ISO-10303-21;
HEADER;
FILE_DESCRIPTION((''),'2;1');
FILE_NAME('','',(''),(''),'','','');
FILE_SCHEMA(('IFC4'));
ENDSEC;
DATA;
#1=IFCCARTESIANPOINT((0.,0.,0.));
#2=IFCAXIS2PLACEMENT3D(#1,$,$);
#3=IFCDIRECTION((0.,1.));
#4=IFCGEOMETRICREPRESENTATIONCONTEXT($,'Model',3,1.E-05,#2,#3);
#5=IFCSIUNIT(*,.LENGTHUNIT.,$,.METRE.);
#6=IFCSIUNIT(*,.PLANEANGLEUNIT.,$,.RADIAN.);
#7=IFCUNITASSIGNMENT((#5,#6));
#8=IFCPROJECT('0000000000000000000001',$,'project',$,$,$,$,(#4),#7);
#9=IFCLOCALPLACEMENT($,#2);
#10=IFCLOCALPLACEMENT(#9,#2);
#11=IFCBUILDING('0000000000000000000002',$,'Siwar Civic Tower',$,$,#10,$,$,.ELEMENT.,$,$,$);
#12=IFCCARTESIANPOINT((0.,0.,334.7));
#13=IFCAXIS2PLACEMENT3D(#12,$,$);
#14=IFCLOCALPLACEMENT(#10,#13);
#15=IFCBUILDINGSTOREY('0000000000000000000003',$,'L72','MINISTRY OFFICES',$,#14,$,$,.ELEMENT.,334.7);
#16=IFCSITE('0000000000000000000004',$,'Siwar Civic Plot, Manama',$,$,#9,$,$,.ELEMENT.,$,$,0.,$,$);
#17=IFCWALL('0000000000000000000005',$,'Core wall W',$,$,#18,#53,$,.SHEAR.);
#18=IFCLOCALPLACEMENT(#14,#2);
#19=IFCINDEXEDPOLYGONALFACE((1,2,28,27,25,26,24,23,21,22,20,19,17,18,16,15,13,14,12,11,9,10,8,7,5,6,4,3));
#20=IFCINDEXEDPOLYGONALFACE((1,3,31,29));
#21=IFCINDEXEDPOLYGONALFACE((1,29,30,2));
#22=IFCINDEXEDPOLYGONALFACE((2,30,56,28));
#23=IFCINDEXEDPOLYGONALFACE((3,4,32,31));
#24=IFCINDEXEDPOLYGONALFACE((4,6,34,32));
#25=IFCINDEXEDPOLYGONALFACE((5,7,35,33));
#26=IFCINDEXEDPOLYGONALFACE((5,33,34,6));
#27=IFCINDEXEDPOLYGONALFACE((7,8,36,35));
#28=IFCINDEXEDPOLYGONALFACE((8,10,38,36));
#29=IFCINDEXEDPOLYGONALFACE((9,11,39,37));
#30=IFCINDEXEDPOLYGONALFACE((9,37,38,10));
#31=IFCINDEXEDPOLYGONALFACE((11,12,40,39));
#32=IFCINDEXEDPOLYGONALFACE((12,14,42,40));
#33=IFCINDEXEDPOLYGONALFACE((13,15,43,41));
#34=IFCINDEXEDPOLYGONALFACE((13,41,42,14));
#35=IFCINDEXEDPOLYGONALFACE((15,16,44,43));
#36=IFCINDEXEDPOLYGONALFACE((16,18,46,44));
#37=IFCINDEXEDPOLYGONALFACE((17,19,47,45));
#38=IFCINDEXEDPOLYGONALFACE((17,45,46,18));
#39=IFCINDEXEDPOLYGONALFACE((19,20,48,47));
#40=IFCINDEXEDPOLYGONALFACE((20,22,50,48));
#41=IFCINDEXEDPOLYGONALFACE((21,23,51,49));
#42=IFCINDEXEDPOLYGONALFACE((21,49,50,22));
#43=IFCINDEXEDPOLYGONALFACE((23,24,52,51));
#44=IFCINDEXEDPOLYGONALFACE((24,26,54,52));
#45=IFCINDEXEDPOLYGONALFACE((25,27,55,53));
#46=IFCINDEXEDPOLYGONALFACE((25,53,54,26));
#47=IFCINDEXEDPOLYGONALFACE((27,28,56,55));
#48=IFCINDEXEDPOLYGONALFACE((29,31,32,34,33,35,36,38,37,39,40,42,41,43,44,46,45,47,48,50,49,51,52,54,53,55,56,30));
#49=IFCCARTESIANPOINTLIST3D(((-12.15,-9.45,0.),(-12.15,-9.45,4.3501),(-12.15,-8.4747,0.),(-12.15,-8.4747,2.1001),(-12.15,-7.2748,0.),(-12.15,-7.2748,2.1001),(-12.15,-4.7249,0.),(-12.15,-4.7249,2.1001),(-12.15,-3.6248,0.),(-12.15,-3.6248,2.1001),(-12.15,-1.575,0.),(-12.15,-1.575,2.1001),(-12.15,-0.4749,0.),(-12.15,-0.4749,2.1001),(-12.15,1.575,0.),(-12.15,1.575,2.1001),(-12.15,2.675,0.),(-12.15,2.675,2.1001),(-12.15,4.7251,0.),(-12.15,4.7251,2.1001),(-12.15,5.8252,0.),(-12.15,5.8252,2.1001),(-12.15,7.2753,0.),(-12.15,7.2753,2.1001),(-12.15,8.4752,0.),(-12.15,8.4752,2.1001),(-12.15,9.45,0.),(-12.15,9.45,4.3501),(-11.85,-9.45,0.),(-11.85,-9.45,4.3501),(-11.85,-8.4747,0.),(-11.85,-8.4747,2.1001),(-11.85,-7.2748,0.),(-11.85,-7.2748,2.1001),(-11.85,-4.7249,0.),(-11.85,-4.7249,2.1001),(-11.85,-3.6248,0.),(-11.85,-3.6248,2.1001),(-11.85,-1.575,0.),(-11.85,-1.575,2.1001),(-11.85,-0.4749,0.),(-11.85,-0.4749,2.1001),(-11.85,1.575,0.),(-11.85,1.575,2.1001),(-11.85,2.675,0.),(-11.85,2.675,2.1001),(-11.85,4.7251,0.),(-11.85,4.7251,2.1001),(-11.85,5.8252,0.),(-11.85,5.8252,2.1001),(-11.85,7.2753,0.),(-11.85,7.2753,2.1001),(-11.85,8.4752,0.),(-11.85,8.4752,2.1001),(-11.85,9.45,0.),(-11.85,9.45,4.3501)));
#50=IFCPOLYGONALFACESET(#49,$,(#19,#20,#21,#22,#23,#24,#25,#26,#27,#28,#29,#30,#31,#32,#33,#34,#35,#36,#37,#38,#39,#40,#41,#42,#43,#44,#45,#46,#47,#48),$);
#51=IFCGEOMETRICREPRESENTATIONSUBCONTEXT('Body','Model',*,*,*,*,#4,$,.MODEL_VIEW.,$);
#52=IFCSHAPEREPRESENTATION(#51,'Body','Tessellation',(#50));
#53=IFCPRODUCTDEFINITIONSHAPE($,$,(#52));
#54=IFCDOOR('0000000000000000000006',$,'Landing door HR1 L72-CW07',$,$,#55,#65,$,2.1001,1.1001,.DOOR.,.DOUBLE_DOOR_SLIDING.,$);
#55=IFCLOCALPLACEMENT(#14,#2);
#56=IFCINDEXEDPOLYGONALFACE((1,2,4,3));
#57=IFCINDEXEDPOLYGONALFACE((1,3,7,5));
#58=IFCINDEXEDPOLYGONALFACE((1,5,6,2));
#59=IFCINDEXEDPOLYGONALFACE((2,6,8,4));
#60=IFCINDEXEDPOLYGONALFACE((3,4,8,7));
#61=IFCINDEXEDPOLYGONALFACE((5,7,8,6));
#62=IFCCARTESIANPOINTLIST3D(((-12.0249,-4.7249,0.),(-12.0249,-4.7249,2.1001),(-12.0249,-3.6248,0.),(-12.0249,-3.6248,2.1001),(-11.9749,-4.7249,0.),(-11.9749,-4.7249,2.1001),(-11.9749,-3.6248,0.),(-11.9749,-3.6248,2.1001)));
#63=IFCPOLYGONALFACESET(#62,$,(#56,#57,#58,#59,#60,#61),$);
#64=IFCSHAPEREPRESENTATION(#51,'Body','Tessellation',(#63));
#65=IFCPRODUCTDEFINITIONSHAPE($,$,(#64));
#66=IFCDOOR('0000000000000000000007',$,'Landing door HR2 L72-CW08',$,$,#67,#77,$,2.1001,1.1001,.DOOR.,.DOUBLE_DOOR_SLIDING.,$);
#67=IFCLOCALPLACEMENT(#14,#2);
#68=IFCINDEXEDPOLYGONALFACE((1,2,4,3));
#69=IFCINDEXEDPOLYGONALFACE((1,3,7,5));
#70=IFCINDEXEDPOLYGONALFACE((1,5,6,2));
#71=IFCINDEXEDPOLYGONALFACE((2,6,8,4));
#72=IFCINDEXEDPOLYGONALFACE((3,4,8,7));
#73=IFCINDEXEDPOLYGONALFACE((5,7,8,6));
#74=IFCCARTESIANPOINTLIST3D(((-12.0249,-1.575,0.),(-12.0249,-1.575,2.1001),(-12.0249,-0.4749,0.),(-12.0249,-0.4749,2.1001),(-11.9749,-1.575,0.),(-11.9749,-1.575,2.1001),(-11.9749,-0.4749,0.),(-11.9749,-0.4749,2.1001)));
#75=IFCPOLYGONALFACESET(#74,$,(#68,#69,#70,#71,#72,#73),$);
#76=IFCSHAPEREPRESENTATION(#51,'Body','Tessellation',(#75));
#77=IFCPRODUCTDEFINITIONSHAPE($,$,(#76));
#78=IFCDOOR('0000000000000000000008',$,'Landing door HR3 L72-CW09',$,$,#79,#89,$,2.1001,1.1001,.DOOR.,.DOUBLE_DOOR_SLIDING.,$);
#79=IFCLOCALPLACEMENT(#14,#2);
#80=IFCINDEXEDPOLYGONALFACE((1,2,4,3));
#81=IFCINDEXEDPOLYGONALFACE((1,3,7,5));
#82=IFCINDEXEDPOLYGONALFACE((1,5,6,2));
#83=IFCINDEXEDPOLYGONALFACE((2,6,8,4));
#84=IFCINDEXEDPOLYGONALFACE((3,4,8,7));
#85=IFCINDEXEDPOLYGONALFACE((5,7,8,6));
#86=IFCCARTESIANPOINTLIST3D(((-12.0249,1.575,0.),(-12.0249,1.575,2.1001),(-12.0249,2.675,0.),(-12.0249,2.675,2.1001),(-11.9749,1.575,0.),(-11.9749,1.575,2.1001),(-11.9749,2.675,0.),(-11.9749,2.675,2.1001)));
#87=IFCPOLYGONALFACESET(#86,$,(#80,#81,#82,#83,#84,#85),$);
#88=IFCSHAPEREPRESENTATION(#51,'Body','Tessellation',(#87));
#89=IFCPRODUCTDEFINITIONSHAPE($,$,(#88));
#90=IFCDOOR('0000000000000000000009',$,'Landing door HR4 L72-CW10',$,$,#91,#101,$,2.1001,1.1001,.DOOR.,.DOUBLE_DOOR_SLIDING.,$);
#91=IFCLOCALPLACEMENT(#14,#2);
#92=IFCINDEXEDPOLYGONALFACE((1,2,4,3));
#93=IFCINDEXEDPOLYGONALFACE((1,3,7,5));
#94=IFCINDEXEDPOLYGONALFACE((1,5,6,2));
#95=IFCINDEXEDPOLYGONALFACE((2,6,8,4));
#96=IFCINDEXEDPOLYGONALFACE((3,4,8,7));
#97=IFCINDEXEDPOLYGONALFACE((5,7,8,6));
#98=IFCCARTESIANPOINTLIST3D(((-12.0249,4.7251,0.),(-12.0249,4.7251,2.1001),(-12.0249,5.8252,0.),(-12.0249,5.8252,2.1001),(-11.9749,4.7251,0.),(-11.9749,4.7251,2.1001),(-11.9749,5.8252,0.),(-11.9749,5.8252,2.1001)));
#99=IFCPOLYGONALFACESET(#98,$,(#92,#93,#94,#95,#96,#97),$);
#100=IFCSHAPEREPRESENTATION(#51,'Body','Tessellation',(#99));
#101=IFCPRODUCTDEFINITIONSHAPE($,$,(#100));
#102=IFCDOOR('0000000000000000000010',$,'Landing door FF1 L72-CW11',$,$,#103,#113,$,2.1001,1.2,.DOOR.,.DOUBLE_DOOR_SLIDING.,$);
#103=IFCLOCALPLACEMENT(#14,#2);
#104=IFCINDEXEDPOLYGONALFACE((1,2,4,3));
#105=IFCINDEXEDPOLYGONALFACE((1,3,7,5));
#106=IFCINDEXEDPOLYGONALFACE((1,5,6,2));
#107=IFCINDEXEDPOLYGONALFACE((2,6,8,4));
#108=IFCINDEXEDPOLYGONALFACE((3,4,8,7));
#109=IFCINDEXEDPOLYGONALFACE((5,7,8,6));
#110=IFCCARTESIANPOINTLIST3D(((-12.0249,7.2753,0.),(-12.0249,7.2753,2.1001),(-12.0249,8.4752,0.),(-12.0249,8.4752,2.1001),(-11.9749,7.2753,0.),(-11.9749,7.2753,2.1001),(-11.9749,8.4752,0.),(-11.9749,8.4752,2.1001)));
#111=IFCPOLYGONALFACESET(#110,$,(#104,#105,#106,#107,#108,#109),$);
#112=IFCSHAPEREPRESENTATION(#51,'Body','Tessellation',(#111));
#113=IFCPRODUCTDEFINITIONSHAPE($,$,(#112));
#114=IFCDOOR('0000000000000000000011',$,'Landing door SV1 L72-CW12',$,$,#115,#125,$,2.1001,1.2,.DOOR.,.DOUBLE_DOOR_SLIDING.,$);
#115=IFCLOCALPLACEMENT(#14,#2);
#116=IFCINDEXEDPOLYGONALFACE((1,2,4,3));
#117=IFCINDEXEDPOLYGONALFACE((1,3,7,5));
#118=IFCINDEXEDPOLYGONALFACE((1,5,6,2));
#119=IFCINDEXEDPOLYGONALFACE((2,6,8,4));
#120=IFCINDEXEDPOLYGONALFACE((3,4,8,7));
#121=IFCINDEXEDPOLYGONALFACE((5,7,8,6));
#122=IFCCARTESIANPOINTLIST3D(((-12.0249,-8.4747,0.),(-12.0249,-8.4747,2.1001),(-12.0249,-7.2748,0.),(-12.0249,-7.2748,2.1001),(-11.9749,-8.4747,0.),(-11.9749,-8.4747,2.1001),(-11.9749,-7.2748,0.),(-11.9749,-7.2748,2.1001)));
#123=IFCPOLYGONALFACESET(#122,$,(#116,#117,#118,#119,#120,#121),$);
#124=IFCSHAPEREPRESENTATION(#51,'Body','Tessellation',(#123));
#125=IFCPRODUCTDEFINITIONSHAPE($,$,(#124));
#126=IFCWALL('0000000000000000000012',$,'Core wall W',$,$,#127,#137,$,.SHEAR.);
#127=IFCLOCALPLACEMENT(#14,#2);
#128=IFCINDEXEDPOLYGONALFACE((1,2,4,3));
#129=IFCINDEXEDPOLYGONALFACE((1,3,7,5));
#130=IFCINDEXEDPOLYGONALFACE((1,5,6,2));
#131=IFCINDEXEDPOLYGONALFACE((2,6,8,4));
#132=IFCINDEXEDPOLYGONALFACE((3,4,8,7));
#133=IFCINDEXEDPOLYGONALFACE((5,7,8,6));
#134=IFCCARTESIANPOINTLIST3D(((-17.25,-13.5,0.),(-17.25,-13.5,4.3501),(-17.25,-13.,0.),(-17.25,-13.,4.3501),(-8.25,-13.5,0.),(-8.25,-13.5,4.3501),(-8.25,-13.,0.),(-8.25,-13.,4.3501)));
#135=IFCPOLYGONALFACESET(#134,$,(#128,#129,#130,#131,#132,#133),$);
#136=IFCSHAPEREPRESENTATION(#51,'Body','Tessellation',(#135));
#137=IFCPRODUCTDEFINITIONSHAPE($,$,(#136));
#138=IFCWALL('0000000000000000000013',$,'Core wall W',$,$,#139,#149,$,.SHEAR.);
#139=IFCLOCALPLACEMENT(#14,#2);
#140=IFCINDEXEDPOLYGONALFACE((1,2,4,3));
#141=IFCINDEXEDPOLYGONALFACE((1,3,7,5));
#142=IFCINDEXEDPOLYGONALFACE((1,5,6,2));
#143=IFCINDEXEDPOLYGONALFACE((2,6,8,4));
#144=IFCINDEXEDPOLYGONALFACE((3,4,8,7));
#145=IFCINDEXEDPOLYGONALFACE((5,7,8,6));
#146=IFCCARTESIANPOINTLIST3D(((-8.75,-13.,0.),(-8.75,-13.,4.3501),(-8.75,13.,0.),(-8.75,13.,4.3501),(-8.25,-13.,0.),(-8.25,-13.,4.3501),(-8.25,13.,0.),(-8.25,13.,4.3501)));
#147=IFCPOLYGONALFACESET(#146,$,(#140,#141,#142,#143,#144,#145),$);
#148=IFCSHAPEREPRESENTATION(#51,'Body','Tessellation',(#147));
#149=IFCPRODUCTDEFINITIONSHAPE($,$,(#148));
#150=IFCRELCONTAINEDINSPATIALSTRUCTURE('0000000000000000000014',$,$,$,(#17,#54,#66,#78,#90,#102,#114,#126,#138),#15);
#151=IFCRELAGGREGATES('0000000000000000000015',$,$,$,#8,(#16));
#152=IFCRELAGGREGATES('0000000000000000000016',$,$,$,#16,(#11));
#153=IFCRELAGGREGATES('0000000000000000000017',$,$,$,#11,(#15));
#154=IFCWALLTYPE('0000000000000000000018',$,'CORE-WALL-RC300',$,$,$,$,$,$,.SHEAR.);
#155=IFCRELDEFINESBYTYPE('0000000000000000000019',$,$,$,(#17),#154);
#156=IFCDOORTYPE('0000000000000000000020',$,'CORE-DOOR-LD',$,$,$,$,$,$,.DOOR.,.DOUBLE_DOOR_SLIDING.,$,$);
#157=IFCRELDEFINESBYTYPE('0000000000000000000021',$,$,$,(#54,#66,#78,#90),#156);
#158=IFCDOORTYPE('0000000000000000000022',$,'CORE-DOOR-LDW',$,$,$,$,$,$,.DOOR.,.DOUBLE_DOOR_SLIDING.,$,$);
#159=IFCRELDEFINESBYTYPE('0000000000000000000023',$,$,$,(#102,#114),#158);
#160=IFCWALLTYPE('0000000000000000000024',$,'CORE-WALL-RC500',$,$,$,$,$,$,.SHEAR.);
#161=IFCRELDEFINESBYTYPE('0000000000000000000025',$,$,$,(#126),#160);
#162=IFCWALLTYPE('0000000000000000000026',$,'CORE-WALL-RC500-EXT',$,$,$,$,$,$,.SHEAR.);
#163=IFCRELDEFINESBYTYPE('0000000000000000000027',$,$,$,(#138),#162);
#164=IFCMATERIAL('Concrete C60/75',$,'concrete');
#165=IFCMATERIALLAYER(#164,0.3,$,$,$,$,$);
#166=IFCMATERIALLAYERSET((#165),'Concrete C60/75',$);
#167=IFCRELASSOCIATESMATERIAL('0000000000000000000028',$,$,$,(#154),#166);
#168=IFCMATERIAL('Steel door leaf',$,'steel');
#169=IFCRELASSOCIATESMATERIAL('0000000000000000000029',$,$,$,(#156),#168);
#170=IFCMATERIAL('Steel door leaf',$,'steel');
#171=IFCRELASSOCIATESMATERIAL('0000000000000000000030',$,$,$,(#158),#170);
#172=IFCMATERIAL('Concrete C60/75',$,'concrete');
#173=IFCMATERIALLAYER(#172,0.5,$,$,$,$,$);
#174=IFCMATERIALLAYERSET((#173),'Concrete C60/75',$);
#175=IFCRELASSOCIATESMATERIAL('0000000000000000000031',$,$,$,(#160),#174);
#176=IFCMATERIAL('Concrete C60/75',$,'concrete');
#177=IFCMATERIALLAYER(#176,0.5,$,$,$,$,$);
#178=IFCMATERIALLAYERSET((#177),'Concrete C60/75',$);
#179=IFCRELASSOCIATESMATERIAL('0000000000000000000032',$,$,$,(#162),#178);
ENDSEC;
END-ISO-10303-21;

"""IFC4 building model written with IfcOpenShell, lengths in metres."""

from ifc_helpers import new_model, si_unit, direction, frame, frame_2d, origin, place, context, subcontext, project, spatial, rectangle, extrude, material, layer, layer_set, type_object, element, fill, save


model = new_model("IFC4")

# Units and contexts
model_context = context("Model", 3, precision=1e-05, world=origin(), true_north=direction((0.0, 1.0)))
body_context = subcontext(model_context, "Body", "Model", "MODEL_VIEW")
ifc_project = project(units=[si_unit("LENGTHUNIT", "METRE"), si_unit("PLANEANGLEUNIT", "RADIAN")], contexts=[model_context])

# Site, building, storey
site_placement = place(None, origin())
site = spatial("IfcSite", under=ifc_project, at=site_placement, Name="Siwar Civic Plot, Manama", CompositionType="ELEMENT", RefElevation=0.0)
building_placement = place(site_placement, origin())
building = spatial("IfcBuilding", under=site, at=building_placement, Name="Siwar Civic Tower", CompositionType="ELEMENT")
storey_placement = place(building_placement, frame((0.0, 0.0, 334.7)))
storey = spatial("IfcBuildingStorey", under=building, at=storey_placement, Name="L72", Description="MINISTRY OFFICES", CompositionType="ELEMENT", Elevation=334.7)

# Wall, openings, doors
ifc_material_1 = material(Name="Concrete C60/75", Category="concrete")
ifc_layer_1 = layer(ifc_material_1, 0.3)
ifc_layer_set_1 = layer_set([ifc_layer_1], Name="Concrete C60/75")
wall_type_1 = type_object("IfcWallType", Name="CORE-WALL-RC300", PredefinedType="SHEAR", material=ifc_layer_set_1)
wall_1_placement = place(storey_placement, frame((-12.0, -9.45, 0.0), z_axis=(0.0, 0.0, 1.0), x_axis=(0.0, 1.0, 0.0)))
wall_1 = element("IfcWall", 1, at=wall_1_placement, inside=storey, type_object=wall_type_1, Name="Core wall W", PredefinedType="SHEAR", context=body_context, shape_type="SweptSolid", body=[
    extrude(rectangle(XDim=18.8999, YDim=0.3, at=frame_2d((9.45, 0.0))), origin(), (0.0, 0.0, 1.0), 4.3501),
])
opening_1_placement = place(wall_1_placement, frame((4.7251, 0.0, 0.0)))
opening_1 = element("IfcOpeningElement", 2, at=opening_1_placement, cuts=wall_1, PredefinedType="OPENING", context=body_context, shape_type="SweptSolid", body=[
    extrude(rectangle(XDim=1.1001, YDim=2.1001, at=frame_2d((0.55, 1.05))), frame((0.0, 0.1602, 0.0), z_axis=(0.0, -1.0, 0.0), x_axis=(1.0, 0.0, 0.0)), (0.0, 0.0, 1.0), 0.3201),
])
opening_2_placement = place(wall_1_placement, frame((7.875, 0.0, 0.0)))
opening_2 = element("IfcOpeningElement", 3, at=opening_2_placement, cuts=wall_1, PredefinedType="OPENING", context=body_context, shape_type="SweptSolid", body=[
    extrude(rectangle(XDim=1.1001, YDim=2.1001, at=frame_2d((0.55, 1.05))), frame((0.0, 0.1602, 0.0), z_axis=(0.0, -1.0, 0.0), x_axis=(1.0, 0.0, 0.0)), (0.0, 0.0, 1.0), 0.3201),
])
opening_3_placement = place(wall_1_placement, frame((11.0249, 0.0, 0.0)))
opening_3 = element("IfcOpeningElement", 4, at=opening_3_placement, cuts=wall_1, PredefinedType="OPENING", context=body_context, shape_type="SweptSolid", body=[
    extrude(rectangle(XDim=1.1001, YDim=2.1001, at=frame_2d((0.55, 1.05))), frame((0.0, 0.1602, 0.0), z_axis=(0.0, -1.0, 0.0), x_axis=(1.0, 0.0, 0.0)), (0.0, 0.0, 1.0), 0.3201),
])
opening_4_placement = place(wall_1_placement, frame((14.175, 0.0, 0.0)))
opening_4 = element("IfcOpeningElement", 5, at=opening_4_placement, cuts=wall_1, PredefinedType="OPENING", context=body_context, shape_type="SweptSolid", body=[
    extrude(rectangle(XDim=1.1001, YDim=2.1001, at=frame_2d((0.55, 1.05))), frame((0.0, 0.1602, 0.0), z_axis=(0.0, -1.0, 0.0), x_axis=(1.0, 0.0, 0.0)), (0.0, 0.0, 1.0), 0.3201),
])
opening_5_placement = place(wall_1_placement, frame((16.7251, 0.0, 0.0)))
opening_5 = element("IfcOpeningElement", 6, at=opening_5_placement, cuts=wall_1, PredefinedType="OPENING", context=body_context, shape_type="SweptSolid", body=[
    extrude(rectangle(XDim=1.2, YDim=2.1001, at=frame_2d((0.6001, 1.05))), frame((0.0, 0.1602, 0.0), z_axis=(0.0, -1.0, 0.0), x_axis=(1.0, 0.0, 0.0)), (0.0, 0.0, 1.0), 0.3201),
])
opening_6_placement = place(wall_1_placement, frame((0.9751, 0.0, 0.0)))
opening_6 = element("IfcOpeningElement", 7, at=opening_6_placement, cuts=wall_1, PredefinedType="OPENING", context=body_context, shape_type="SweptSolid", body=[
    extrude(rectangle(XDim=1.2, YDim=2.1001, at=frame_2d((0.6001, 1.05))), frame((0.0, 0.1602, 0.0), z_axis=(0.0, -1.0, 0.0), x_axis=(1.0, 0.0, 0.0)), (0.0, 0.0, 1.0), 0.3201),
])
ifc_material_2 = material(Name="Steel door leaf", Category="steel")
door_type_1 = type_object("IfcDoorType", Name="CORE-DOOR-LD", OperationType="DOUBLE_DOOR_SLIDING", PredefinedType="DOOR", material=ifc_material_2)
door_1_placement = place(opening_1_placement, origin())
door_1 = element("IfcDoor", 8, at=door_1_placement, inside=storey, type_object=door_type_1, Name="Landing door HR1 L72-CW07", OperationType="DOUBLE_DOOR_SLIDING", OverallHeight=2.1001, OverallWidth=1.1001, PredefinedType="DOOR", context=body_context, shape_type="SweptSolid", body=[
    extrude(rectangle(XDim=1.1001, YDim=2.1001, at=frame_2d((0.55, 1.05))), frame((0.0, 0.0249, 0.0), z_axis=(0.0, -1.0, 0.0), x_axis=(1.0, 0.0, 0.0)), (0.0, 0.0, 1.0), 0.05),
])
fill(opening_1, door_1)
door_2_placement = place(opening_2_placement, origin())
door_2 = element("IfcDoor", 9, at=door_2_placement, inside=storey, type_object=door_type_1, Name="Landing door HR2 L72-CW08", OperationType="DOUBLE_DOOR_SLIDING", OverallHeight=2.1001, OverallWidth=1.1001, PredefinedType="DOOR", context=body_context, shape_type="SweptSolid", body=[
    extrude(rectangle(XDim=1.1001, YDim=2.1001, at=frame_2d((0.55, 1.05))), frame((0.0, 0.0249, 0.0), z_axis=(0.0, -1.0, 0.0), x_axis=(1.0, 0.0, 0.0)), (0.0, 0.0, 1.0), 0.05),
])
fill(opening_2, door_2)
door_3_placement = place(opening_3_placement, origin())
door_3 = element("IfcDoor", 10, at=door_3_placement, inside=storey, type_object=door_type_1, Name="Landing door HR3 L72-CW09", OperationType="DOUBLE_DOOR_SLIDING", OverallHeight=2.1001, OverallWidth=1.1001, PredefinedType="DOOR", context=body_context, shape_type="SweptSolid", body=[
    extrude(rectangle(XDim=1.1001, YDim=2.1001, at=frame_2d((0.55, 1.05))), frame((0.0, 0.0249, 0.0), z_axis=(0.0, -1.0, 0.0), x_axis=(1.0, 0.0, 0.0)), (0.0, 0.0, 1.0), 0.05),
])
fill(opening_3, door_3)
door_4_placement = place(opening_4_placement, origin())
door_4 = element("IfcDoor", 11, at=door_4_placement, inside=storey, type_object=door_type_1, Name="Landing door HR4 L72-CW10", OperationType="DOUBLE_DOOR_SLIDING", OverallHeight=2.1001, OverallWidth=1.1001, PredefinedType="DOOR", context=body_context, shape_type="SweptSolid", body=[
    extrude(rectangle(XDim=1.1001, YDim=2.1001, at=frame_2d((0.55, 1.05))), frame((0.0, 0.0249, 0.0), z_axis=(0.0, -1.0, 0.0), x_axis=(1.0, 0.0, 0.0)), (0.0, 0.0, 1.0), 0.05),
])
fill(opening_4, door_4)
ifc_material_3 = material(Name="Steel door leaf", Category="steel")
door_type_2 = type_object("IfcDoorType", Name="CORE-DOOR-LDW", OperationType="DOUBLE_DOOR_SLIDING", PredefinedType="DOOR", material=ifc_material_3)
door_5_placement = place(opening_5_placement, origin())
door_5 = element("IfcDoor", 12, at=door_5_placement, inside=storey, type_object=door_type_2, Name="Landing door FF1 L72-CW11", OperationType="DOUBLE_DOOR_SLIDING", OverallHeight=2.1001, OverallWidth=1.2, PredefinedType="DOOR", context=body_context, shape_type="SweptSolid", body=[
    extrude(rectangle(XDim=1.2, YDim=2.1001, at=frame_2d((0.6001, 1.05))), frame((0.0, 0.0249, 0.0), z_axis=(0.0, -1.0, 0.0), x_axis=(1.0, 0.0, 0.0)), (0.0, 0.0, 1.0), 0.05),
])
fill(opening_5, door_5)
door_6_placement = place(opening_6_placement, origin())
door_6 = element("IfcDoor", 13, at=door_6_placement, inside=storey, type_object=door_type_2, Name="Landing door SV1 L72-CW12", OperationType="DOUBLE_DOOR_SLIDING", OverallHeight=2.1001, OverallWidth=1.2, PredefinedType="DOOR", context=body_context, shape_type="SweptSolid", body=[
    extrude(rectangle(XDim=1.2, YDim=2.1001, at=frame_2d((0.6001, 1.05))), frame((0.0, 0.0249, 0.0), z_axis=(0.0, -1.0, 0.0), x_axis=(1.0, 0.0, 0.0)), (0.0, 0.0, 1.0), 0.05),
])
fill(opening_6, door_6)

# Walls
ifc_material_4 = material(Name="Concrete C60/75", Category="concrete")
ifc_layer_2 = layer(ifc_material_4, 0.5)
ifc_layer_set_2 = layer_set([ifc_layer_2], Name="Concrete C60/75")
wall_type_2 = type_object("IfcWallType", Name="CORE-WALL-RC500", PredefinedType="SHEAR", material=ifc_layer_set_2)
wall_2_placement = place(storey_placement, frame((-8.25, -13.25, 0.0), z_axis=(0.0, 0.0, 1.0), x_axis=(-1.0, 0.0, 0.0)))
element("IfcWall", 14, at=wall_2_placement, inside=storey, type_object=wall_type_2, Name="Core wall W", PredefinedType="SHEAR", context=body_context, shape_type="SweptSolid", body=[
    extrude(rectangle(XDim=9.0, YDim=0.5, at=frame_2d((4.5, 0.0))), origin(), (0.0, 0.0, 1.0), 4.3501),
])
ifc_material_5 = material(Name="Concrete C60/75", Category="concrete")
ifc_layer_3 = layer(ifc_material_5, 0.5)
ifc_layer_set_3 = layer_set([ifc_layer_3], Name="Concrete C60/75")
wall_type_3 = type_object("IfcWallType", Name="CORE-WALL-RC500-EXT", PredefinedType="SHEAR", material=ifc_layer_set_3)
wall_3_placement = place(storey_placement, frame((-8.5, -13.0, 0.0), z_axis=(0.0, 0.0, 1.0), x_axis=(0.0, 1.0, 0.0)))
element("IfcWall", 15, at=wall_3_placement, inside=storey, type_object=wall_type_3, Name="Core wall W", PredefinedType="SHEAR", context=body_context, shape_type="SweptSolid", body=[
    extrude(rectangle(XDim=26.0, YDim=0.5, at=frame_2d((13.0, 0.0))), origin(), (0.0, 0.0, 1.0), 4.3501),
])

save(model, "model.ifc")
